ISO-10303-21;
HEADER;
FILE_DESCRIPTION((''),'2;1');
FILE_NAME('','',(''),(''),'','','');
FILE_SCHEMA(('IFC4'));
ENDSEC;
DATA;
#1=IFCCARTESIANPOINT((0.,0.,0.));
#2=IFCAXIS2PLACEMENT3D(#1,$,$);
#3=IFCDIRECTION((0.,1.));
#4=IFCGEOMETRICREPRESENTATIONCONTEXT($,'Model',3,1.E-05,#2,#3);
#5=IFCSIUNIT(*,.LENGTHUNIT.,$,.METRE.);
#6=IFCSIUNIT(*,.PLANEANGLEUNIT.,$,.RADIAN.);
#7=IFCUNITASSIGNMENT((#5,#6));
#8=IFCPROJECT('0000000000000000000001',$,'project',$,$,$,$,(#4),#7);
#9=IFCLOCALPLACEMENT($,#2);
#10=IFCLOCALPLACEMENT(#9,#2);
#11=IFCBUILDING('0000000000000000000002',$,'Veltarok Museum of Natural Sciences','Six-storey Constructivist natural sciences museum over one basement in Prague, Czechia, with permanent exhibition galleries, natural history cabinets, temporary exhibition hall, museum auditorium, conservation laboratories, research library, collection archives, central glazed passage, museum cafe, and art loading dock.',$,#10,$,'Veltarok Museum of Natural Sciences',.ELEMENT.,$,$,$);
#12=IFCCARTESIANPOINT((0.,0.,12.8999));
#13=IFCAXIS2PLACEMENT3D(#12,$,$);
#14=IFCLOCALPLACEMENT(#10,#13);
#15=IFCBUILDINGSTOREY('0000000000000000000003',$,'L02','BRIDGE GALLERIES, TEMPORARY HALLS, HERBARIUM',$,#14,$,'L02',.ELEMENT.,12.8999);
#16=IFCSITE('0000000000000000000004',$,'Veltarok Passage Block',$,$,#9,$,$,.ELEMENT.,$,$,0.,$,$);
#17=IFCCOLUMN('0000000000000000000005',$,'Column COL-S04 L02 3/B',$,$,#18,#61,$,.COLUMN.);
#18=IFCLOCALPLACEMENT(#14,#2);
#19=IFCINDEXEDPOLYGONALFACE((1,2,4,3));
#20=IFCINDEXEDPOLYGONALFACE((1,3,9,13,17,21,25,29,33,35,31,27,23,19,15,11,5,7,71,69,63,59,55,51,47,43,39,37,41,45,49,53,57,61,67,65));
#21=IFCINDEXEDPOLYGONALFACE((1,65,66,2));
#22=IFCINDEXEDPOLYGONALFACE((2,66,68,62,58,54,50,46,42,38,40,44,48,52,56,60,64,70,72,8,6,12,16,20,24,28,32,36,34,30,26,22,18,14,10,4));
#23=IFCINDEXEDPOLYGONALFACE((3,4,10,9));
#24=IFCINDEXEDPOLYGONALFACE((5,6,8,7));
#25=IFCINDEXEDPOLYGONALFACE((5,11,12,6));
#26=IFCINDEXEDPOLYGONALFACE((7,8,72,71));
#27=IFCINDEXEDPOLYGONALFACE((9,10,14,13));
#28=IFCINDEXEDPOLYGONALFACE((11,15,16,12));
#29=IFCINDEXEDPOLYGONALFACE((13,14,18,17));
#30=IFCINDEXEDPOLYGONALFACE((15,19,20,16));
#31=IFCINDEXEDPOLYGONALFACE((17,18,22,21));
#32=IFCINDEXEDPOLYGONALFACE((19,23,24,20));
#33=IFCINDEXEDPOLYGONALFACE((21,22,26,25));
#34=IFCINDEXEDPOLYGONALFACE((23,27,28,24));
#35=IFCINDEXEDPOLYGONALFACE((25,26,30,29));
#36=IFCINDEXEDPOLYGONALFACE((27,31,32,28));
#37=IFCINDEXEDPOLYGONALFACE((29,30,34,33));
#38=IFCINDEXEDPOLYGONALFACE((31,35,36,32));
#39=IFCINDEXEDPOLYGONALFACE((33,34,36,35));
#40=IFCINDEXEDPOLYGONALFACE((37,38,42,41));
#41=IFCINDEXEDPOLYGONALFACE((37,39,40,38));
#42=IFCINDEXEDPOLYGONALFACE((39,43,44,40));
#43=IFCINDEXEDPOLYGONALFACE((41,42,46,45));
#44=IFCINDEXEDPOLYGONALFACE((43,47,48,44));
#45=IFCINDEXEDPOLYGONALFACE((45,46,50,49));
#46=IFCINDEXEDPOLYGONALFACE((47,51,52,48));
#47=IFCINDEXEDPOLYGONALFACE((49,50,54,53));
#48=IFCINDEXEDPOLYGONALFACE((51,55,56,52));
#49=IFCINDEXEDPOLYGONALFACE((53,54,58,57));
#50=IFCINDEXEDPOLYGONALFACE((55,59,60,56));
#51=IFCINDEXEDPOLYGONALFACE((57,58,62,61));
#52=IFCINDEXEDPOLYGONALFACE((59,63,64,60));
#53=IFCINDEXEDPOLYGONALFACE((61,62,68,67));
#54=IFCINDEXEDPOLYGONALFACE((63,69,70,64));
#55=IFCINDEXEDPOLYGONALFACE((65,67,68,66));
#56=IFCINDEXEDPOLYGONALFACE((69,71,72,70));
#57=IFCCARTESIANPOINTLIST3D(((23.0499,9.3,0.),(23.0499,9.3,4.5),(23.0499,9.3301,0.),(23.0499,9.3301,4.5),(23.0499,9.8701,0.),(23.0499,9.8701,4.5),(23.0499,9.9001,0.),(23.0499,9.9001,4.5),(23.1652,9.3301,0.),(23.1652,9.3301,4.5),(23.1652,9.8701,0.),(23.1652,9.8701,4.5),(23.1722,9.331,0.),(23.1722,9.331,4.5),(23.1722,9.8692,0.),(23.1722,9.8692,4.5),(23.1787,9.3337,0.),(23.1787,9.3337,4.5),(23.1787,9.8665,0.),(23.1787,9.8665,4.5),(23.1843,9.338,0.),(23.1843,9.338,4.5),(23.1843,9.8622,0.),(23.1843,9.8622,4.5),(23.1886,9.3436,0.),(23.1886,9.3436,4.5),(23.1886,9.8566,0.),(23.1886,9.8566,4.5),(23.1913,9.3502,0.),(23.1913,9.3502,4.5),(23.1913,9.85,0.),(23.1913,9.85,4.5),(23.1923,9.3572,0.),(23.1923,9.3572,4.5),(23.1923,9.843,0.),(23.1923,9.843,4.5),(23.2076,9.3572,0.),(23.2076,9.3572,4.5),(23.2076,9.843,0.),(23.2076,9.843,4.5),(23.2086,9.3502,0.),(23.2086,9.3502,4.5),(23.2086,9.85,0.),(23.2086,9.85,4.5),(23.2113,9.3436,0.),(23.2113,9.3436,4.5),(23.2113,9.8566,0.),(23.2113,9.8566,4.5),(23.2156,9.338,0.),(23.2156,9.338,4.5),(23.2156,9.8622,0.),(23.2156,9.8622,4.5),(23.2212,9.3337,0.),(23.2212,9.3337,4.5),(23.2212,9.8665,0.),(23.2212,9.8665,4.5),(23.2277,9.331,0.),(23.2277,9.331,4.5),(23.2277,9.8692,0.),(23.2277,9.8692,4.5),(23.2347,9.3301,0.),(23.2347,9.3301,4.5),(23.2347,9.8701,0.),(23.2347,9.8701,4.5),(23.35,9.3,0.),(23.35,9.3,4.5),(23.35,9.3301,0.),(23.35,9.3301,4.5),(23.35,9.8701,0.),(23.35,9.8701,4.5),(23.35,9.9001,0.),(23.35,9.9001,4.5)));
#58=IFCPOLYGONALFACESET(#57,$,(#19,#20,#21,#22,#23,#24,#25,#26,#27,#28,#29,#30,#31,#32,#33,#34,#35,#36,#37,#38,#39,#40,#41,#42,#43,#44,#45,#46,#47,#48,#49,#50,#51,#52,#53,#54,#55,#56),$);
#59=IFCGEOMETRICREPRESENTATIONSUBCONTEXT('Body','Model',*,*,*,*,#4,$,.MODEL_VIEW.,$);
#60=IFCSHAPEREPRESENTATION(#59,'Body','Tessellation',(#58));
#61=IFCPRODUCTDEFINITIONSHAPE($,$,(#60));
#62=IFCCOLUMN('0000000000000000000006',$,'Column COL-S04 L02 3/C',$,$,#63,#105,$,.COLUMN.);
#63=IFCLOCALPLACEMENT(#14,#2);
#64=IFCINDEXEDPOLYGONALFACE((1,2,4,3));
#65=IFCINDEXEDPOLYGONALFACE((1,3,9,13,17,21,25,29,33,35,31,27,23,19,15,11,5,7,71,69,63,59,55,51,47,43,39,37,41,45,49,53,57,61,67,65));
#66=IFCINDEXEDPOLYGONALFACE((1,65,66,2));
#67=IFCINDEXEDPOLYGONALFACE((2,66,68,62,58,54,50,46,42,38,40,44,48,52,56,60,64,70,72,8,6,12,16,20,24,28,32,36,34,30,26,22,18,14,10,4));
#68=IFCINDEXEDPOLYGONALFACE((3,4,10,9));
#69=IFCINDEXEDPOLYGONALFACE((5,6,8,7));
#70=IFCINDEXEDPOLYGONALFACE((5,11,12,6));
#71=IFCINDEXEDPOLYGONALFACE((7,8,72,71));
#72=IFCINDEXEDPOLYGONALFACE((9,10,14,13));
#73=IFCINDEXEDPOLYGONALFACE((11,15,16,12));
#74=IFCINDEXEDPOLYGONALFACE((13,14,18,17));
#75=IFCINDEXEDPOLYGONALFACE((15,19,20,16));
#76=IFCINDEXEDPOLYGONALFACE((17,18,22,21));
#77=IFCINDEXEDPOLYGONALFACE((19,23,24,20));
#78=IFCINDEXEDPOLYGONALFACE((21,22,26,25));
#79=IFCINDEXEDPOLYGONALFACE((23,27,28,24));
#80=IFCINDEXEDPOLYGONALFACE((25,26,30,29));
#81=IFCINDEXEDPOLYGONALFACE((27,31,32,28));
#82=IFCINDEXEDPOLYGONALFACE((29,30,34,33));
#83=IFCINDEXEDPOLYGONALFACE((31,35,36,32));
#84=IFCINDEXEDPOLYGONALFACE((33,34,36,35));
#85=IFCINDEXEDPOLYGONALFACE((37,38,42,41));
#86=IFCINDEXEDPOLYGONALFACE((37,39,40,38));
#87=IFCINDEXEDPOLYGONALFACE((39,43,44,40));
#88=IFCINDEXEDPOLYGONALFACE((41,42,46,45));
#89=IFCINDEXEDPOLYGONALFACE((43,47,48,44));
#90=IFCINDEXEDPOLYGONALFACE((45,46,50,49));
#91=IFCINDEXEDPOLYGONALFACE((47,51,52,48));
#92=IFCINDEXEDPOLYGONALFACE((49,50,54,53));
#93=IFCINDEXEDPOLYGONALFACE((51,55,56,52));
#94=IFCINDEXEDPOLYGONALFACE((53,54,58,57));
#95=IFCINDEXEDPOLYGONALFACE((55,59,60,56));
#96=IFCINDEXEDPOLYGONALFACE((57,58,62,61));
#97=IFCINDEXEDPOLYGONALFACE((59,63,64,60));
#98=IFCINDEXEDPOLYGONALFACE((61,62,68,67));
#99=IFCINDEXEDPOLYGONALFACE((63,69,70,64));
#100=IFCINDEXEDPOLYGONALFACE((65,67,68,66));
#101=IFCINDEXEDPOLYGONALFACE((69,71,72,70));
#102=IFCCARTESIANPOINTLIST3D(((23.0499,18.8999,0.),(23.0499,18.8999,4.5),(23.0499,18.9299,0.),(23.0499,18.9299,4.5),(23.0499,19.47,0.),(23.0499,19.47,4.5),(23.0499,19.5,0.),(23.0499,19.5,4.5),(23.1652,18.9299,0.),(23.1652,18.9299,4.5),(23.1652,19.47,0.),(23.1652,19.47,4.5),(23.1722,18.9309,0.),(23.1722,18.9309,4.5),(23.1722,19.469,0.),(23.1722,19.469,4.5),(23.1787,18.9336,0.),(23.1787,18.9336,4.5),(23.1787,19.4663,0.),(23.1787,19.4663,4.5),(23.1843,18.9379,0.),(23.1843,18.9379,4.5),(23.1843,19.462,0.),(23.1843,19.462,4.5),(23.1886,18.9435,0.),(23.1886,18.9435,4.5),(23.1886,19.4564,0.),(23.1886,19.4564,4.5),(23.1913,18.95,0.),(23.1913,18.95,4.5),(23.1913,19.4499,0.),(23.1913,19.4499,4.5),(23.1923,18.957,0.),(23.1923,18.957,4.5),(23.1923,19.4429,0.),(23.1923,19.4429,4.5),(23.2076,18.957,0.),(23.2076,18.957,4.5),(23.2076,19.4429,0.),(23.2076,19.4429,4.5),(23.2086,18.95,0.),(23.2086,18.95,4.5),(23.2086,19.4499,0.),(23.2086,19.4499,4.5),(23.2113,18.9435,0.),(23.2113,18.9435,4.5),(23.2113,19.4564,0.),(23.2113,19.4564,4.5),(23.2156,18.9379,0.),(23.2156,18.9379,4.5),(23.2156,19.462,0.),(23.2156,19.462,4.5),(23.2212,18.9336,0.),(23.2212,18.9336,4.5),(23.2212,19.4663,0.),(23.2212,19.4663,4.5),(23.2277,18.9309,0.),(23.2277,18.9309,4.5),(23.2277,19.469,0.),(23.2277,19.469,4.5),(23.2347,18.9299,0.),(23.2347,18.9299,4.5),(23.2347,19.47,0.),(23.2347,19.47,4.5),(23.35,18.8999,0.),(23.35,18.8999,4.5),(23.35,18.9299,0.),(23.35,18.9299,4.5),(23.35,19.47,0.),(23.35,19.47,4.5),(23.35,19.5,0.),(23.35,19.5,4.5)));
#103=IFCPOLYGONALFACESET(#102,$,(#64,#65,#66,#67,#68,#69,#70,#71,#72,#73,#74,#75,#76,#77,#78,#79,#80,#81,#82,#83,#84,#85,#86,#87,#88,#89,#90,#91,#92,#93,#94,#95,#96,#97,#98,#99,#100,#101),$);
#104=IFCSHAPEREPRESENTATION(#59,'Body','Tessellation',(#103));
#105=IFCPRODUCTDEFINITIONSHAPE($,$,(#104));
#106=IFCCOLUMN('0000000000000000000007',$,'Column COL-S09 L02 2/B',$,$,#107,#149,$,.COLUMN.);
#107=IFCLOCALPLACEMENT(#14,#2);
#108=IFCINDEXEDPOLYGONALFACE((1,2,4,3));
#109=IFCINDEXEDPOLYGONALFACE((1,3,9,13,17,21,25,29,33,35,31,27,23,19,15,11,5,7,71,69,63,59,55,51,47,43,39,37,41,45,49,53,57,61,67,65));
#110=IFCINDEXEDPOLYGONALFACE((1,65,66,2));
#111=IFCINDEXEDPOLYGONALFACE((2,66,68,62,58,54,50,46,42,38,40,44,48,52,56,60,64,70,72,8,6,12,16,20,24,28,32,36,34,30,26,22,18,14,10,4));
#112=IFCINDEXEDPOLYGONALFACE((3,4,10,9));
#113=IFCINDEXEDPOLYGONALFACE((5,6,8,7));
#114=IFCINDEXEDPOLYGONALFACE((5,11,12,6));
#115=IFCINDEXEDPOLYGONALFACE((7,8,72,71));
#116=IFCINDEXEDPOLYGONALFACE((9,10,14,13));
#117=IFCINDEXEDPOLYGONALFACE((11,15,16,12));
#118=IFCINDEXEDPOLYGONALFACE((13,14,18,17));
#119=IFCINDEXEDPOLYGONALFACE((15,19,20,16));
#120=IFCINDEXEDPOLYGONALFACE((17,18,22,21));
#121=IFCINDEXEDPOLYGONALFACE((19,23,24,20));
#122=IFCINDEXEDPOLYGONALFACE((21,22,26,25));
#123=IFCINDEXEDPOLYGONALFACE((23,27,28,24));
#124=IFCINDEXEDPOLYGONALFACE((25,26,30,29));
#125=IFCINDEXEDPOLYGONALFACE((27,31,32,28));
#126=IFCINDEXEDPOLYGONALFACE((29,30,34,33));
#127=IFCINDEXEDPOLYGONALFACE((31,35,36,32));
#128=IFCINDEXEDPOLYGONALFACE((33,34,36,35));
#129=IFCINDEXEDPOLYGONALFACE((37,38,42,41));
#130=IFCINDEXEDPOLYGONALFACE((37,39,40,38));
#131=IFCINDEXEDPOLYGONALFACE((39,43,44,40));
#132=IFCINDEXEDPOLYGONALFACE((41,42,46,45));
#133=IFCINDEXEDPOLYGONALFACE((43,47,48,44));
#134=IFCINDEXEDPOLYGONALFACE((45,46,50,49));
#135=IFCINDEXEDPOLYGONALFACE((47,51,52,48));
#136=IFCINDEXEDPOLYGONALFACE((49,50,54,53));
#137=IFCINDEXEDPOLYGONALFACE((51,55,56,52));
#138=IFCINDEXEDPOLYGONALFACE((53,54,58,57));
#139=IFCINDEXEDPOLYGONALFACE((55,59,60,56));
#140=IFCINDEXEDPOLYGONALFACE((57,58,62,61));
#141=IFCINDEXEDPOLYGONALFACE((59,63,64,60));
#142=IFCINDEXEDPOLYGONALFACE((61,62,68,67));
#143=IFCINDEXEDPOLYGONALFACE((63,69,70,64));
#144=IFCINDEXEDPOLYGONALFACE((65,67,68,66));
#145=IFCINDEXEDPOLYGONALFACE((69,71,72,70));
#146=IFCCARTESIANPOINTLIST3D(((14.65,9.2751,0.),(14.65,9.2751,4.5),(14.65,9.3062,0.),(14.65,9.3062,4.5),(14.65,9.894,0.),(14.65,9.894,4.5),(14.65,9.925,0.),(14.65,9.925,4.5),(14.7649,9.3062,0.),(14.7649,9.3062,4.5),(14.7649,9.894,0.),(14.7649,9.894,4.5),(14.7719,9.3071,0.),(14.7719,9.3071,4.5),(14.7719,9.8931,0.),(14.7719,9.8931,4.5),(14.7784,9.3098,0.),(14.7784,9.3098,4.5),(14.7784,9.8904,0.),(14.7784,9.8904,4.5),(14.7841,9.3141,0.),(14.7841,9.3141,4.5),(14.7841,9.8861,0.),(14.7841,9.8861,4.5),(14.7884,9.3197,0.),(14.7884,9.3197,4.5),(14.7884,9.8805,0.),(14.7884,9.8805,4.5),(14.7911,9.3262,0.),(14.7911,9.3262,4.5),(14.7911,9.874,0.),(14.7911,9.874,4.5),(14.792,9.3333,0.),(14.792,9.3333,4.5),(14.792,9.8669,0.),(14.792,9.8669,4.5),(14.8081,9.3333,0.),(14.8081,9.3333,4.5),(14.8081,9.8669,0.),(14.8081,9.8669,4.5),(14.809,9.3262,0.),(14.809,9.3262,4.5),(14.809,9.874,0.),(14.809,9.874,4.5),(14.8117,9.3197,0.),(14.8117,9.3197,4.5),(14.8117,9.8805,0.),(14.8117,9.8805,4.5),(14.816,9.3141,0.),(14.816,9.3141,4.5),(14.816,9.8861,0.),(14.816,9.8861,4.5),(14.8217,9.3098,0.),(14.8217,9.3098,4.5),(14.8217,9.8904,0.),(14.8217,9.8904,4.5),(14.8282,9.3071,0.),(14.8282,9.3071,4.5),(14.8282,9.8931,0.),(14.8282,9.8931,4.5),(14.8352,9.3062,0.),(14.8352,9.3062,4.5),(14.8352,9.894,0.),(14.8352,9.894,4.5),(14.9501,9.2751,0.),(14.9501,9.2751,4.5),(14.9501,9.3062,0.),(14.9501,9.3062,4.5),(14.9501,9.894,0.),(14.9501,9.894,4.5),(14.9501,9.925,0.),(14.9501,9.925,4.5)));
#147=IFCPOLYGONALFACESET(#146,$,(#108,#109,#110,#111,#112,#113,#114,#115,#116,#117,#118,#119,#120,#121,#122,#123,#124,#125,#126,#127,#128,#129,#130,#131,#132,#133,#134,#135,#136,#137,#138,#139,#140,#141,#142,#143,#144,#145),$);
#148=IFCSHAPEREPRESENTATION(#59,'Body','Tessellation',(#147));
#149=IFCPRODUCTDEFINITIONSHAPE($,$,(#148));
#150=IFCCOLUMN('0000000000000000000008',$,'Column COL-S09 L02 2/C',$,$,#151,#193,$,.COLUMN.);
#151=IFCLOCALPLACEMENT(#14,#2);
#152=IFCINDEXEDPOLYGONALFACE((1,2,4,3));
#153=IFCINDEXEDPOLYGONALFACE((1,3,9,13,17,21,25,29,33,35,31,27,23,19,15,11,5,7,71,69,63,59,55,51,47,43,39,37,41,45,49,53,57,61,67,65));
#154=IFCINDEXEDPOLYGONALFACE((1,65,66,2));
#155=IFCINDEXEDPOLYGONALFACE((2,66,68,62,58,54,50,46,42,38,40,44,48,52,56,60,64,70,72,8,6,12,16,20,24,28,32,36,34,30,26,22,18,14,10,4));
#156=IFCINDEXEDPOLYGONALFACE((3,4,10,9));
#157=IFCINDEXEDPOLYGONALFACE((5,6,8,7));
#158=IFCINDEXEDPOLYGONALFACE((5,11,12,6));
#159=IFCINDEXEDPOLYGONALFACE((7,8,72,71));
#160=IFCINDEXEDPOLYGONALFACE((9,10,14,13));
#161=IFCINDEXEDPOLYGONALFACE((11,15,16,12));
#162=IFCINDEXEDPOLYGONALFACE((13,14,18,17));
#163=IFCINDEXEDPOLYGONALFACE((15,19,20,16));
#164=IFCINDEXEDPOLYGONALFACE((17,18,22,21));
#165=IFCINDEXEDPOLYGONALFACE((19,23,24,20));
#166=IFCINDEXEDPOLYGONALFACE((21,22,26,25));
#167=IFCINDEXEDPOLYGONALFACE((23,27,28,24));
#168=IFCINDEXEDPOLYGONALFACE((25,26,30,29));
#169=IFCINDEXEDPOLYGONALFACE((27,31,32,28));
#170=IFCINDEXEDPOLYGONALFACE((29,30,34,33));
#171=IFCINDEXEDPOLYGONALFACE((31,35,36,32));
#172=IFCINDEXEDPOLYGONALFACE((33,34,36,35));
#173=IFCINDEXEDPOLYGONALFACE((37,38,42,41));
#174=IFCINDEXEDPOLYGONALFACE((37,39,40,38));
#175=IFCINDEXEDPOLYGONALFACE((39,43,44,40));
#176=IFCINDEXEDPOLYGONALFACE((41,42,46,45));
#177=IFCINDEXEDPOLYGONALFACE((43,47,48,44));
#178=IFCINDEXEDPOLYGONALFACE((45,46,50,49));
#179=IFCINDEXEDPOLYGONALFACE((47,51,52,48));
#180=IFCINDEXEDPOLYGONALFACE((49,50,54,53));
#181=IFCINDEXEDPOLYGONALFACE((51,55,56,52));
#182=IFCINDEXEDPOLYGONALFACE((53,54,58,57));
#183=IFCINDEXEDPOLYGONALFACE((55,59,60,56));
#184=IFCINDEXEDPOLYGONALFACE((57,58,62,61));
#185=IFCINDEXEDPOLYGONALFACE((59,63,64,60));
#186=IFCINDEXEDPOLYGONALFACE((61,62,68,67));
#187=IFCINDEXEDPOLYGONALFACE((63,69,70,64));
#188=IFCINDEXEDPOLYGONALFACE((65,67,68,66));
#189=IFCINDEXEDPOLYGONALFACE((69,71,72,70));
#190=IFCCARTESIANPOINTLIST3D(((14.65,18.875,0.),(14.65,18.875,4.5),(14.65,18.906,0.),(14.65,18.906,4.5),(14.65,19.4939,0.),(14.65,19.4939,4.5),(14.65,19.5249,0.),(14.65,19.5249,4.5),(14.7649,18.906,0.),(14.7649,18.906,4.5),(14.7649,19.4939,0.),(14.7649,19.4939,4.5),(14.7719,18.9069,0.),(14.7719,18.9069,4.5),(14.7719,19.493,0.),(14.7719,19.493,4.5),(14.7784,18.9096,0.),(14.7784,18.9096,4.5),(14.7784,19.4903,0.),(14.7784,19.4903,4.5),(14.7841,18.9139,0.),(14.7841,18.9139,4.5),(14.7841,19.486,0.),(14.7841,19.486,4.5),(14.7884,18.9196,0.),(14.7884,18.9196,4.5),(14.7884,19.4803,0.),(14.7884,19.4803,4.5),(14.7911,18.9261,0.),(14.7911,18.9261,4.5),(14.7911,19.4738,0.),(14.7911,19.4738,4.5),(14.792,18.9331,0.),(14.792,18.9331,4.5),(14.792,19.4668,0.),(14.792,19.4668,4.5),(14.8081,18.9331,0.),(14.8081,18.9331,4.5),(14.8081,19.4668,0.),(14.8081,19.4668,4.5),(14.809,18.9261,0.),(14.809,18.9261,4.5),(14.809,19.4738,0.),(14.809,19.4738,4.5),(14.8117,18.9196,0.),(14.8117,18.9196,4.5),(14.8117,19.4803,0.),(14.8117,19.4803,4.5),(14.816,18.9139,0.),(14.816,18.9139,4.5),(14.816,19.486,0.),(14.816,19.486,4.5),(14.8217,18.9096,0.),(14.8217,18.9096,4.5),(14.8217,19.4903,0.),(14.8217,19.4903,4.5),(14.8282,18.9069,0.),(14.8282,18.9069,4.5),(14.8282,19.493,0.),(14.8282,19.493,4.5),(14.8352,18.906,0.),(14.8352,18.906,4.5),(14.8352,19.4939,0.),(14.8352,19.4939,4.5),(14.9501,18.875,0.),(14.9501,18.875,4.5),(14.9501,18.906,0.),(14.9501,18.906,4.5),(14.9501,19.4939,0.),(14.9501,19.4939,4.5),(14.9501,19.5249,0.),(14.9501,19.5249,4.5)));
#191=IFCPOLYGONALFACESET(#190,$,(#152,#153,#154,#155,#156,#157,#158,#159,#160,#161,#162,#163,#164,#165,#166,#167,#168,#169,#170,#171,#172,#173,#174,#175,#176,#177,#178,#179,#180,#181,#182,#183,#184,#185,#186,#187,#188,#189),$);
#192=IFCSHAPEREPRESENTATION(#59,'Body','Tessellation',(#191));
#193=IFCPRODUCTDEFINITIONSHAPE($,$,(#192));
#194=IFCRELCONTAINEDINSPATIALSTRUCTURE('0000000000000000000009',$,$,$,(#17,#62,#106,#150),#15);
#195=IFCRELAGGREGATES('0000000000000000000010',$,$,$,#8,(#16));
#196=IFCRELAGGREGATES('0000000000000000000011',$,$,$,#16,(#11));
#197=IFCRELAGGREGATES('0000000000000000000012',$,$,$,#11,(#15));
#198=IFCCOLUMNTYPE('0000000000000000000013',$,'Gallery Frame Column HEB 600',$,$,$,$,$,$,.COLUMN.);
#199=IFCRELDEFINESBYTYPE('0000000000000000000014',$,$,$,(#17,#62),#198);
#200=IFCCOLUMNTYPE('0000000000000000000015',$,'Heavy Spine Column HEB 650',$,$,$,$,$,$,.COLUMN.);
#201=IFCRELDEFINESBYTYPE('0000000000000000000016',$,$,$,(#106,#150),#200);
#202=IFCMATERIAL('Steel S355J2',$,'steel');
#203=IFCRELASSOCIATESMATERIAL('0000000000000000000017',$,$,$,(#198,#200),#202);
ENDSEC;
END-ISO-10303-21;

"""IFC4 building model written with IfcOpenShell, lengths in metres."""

from ifc_helpers import new_model, si_unit, direction, frame, origin, origin_2d, place, context, subcontext, project, spatial, i_section, extrude, material, material_profile, profile_set, type_object, element, save


model = new_model("IFC4")

# Units and contexts
model_context = context("Model", 3, precision=1e-05, world=origin(), true_north=direction((0.0, 1.0)))
body_context = subcontext(model_context, "Body", "Model", "MODEL_VIEW")
ifc_project = project(units=[si_unit("LENGTHUNIT", "METRE"), si_unit("PLANEANGLEUNIT", "RADIAN")], contexts=[model_context])

# Site, building, storey
site_placement = place(None, origin())
site = spatial("IfcSite", under=ifc_project, at=site_placement, Name="Veltarok Passage Block", CompositionType="ELEMENT", RefElevation=0.0)
building_placement = place(site_placement, origin())
building = spatial("IfcBuilding", under=site, at=building_placement, Name="Veltarok Museum of Natural Sciences", Description="Six-storey Constructivist natural sciences museum over one basement in Prague, Czechia, with permanent exhibition galleries, natural history cabinets, temporary exhibition hall, museum auditorium, conservation laboratories, research library, collection archives, central glazed passage, museum cafe, and art loading dock.", LongName="Veltarok Museum of Natural Sciences", CompositionType="ELEMENT")
storey_placement = place(building_placement, frame((0.0, 0.0, 12.8999)))
storey = spatial("IfcBuildingStorey", under=building, at=storey_placement, Name="L02", Description="BRIDGE GALLERIES, TEMPORARY HALLS, HERBARIUM", LongName="L02", CompositionType="ELEMENT", Elevation=12.8999)

# Columns
ifc_material_1 = material(Name="Steel S355J2", Category="steel")
ifc_material_profile_1 = material_profile(ifc_material_1, i_section(OverallWidth=0.3, OverallDepth=0.6001, WebThickness=0.0154, FlangeThickness=0.03, FilletRadius=0.0271, at=origin_2d()), Name="HEB 600")
ifc_profile_set_1 = profile_set([ifc_material_profile_1], Name="Steel S355J2")
column_type_1 = type_object("IfcColumnType", Name="Gallery Frame Column HEB 600", PredefinedType="COLUMN", material=ifc_profile_set_1)
for number, where, z_axis, x_axis, name in (
    (1, (23.2, 9.6001, 0.0), (0.0, 0.0, 1.0), (1.0, 0.0, 0.0), "Column COL-S04 L02 3/B"),
    (2, (23.2, 19.2, 0.0), (0.0, 0.0, 1.0), (1.0, 0.0, 0.0), "Column COL-S04 L02 3/C"),
):
    element("IfcColumn", number, at=place(storey_placement, frame(where, z_axis=z_axis, x_axis=x_axis)), inside=storey, type_object=column_type_1, Name=name, PredefinedType="COLUMN", context=body_context, shape_type="SweptSolid", body=[
        extrude(i_section(OverallWidth=0.3, OverallDepth=0.6001, WebThickness=0.0154, FlangeThickness=0.03, FilletRadius=0.0271, at=origin_2d()), origin(), (0.0, 0.0, 1.0), 4.5),
    ])
ifc_material_profile_2 = material_profile(ifc_material_1, i_section(OverallWidth=0.3, OverallDepth=0.6499, WebThickness=0.0161, FlangeThickness=0.031, FilletRadius=0.0271, at=origin_2d()), Name="HEB 650")
ifc_profile_set_2 = profile_set([ifc_material_profile_2], Name="Steel S355J2")
column_type_2 = type_object("IfcColumnType", Name="Heavy Spine Column HEB 650", PredefinedType="COLUMN", material=ifc_profile_set_2)
for number, where, z_axis, x_axis, name in (
    (3, (14.8, 9.6001, 0.0), (0.0, 0.0, 1.0), (1.0, 0.0, 0.0), "Column COL-S09 L02 2/B"),
    (4, (14.8, 19.2, 0.0), (0.0, 0.0, 1.0), (1.0, 0.0, 0.0), "Column COL-S09 L02 2/C"),
):
    element("IfcColumn", number, at=place(storey_placement, frame(where, z_axis=z_axis, x_axis=x_axis)), inside=storey, type_object=column_type_2, Name=name, PredefinedType="COLUMN", context=body_context, shape_type="SweptSolid", body=[
        extrude(i_section(OverallWidth=0.3, OverallDepth=0.6499, WebThickness=0.0161, FlangeThickness=0.031, FilletRadius=0.0271, at=origin_2d()), origin(), (0.0, 0.0, 1.0), 4.5),
    ])

save(model, "model.ifc")
